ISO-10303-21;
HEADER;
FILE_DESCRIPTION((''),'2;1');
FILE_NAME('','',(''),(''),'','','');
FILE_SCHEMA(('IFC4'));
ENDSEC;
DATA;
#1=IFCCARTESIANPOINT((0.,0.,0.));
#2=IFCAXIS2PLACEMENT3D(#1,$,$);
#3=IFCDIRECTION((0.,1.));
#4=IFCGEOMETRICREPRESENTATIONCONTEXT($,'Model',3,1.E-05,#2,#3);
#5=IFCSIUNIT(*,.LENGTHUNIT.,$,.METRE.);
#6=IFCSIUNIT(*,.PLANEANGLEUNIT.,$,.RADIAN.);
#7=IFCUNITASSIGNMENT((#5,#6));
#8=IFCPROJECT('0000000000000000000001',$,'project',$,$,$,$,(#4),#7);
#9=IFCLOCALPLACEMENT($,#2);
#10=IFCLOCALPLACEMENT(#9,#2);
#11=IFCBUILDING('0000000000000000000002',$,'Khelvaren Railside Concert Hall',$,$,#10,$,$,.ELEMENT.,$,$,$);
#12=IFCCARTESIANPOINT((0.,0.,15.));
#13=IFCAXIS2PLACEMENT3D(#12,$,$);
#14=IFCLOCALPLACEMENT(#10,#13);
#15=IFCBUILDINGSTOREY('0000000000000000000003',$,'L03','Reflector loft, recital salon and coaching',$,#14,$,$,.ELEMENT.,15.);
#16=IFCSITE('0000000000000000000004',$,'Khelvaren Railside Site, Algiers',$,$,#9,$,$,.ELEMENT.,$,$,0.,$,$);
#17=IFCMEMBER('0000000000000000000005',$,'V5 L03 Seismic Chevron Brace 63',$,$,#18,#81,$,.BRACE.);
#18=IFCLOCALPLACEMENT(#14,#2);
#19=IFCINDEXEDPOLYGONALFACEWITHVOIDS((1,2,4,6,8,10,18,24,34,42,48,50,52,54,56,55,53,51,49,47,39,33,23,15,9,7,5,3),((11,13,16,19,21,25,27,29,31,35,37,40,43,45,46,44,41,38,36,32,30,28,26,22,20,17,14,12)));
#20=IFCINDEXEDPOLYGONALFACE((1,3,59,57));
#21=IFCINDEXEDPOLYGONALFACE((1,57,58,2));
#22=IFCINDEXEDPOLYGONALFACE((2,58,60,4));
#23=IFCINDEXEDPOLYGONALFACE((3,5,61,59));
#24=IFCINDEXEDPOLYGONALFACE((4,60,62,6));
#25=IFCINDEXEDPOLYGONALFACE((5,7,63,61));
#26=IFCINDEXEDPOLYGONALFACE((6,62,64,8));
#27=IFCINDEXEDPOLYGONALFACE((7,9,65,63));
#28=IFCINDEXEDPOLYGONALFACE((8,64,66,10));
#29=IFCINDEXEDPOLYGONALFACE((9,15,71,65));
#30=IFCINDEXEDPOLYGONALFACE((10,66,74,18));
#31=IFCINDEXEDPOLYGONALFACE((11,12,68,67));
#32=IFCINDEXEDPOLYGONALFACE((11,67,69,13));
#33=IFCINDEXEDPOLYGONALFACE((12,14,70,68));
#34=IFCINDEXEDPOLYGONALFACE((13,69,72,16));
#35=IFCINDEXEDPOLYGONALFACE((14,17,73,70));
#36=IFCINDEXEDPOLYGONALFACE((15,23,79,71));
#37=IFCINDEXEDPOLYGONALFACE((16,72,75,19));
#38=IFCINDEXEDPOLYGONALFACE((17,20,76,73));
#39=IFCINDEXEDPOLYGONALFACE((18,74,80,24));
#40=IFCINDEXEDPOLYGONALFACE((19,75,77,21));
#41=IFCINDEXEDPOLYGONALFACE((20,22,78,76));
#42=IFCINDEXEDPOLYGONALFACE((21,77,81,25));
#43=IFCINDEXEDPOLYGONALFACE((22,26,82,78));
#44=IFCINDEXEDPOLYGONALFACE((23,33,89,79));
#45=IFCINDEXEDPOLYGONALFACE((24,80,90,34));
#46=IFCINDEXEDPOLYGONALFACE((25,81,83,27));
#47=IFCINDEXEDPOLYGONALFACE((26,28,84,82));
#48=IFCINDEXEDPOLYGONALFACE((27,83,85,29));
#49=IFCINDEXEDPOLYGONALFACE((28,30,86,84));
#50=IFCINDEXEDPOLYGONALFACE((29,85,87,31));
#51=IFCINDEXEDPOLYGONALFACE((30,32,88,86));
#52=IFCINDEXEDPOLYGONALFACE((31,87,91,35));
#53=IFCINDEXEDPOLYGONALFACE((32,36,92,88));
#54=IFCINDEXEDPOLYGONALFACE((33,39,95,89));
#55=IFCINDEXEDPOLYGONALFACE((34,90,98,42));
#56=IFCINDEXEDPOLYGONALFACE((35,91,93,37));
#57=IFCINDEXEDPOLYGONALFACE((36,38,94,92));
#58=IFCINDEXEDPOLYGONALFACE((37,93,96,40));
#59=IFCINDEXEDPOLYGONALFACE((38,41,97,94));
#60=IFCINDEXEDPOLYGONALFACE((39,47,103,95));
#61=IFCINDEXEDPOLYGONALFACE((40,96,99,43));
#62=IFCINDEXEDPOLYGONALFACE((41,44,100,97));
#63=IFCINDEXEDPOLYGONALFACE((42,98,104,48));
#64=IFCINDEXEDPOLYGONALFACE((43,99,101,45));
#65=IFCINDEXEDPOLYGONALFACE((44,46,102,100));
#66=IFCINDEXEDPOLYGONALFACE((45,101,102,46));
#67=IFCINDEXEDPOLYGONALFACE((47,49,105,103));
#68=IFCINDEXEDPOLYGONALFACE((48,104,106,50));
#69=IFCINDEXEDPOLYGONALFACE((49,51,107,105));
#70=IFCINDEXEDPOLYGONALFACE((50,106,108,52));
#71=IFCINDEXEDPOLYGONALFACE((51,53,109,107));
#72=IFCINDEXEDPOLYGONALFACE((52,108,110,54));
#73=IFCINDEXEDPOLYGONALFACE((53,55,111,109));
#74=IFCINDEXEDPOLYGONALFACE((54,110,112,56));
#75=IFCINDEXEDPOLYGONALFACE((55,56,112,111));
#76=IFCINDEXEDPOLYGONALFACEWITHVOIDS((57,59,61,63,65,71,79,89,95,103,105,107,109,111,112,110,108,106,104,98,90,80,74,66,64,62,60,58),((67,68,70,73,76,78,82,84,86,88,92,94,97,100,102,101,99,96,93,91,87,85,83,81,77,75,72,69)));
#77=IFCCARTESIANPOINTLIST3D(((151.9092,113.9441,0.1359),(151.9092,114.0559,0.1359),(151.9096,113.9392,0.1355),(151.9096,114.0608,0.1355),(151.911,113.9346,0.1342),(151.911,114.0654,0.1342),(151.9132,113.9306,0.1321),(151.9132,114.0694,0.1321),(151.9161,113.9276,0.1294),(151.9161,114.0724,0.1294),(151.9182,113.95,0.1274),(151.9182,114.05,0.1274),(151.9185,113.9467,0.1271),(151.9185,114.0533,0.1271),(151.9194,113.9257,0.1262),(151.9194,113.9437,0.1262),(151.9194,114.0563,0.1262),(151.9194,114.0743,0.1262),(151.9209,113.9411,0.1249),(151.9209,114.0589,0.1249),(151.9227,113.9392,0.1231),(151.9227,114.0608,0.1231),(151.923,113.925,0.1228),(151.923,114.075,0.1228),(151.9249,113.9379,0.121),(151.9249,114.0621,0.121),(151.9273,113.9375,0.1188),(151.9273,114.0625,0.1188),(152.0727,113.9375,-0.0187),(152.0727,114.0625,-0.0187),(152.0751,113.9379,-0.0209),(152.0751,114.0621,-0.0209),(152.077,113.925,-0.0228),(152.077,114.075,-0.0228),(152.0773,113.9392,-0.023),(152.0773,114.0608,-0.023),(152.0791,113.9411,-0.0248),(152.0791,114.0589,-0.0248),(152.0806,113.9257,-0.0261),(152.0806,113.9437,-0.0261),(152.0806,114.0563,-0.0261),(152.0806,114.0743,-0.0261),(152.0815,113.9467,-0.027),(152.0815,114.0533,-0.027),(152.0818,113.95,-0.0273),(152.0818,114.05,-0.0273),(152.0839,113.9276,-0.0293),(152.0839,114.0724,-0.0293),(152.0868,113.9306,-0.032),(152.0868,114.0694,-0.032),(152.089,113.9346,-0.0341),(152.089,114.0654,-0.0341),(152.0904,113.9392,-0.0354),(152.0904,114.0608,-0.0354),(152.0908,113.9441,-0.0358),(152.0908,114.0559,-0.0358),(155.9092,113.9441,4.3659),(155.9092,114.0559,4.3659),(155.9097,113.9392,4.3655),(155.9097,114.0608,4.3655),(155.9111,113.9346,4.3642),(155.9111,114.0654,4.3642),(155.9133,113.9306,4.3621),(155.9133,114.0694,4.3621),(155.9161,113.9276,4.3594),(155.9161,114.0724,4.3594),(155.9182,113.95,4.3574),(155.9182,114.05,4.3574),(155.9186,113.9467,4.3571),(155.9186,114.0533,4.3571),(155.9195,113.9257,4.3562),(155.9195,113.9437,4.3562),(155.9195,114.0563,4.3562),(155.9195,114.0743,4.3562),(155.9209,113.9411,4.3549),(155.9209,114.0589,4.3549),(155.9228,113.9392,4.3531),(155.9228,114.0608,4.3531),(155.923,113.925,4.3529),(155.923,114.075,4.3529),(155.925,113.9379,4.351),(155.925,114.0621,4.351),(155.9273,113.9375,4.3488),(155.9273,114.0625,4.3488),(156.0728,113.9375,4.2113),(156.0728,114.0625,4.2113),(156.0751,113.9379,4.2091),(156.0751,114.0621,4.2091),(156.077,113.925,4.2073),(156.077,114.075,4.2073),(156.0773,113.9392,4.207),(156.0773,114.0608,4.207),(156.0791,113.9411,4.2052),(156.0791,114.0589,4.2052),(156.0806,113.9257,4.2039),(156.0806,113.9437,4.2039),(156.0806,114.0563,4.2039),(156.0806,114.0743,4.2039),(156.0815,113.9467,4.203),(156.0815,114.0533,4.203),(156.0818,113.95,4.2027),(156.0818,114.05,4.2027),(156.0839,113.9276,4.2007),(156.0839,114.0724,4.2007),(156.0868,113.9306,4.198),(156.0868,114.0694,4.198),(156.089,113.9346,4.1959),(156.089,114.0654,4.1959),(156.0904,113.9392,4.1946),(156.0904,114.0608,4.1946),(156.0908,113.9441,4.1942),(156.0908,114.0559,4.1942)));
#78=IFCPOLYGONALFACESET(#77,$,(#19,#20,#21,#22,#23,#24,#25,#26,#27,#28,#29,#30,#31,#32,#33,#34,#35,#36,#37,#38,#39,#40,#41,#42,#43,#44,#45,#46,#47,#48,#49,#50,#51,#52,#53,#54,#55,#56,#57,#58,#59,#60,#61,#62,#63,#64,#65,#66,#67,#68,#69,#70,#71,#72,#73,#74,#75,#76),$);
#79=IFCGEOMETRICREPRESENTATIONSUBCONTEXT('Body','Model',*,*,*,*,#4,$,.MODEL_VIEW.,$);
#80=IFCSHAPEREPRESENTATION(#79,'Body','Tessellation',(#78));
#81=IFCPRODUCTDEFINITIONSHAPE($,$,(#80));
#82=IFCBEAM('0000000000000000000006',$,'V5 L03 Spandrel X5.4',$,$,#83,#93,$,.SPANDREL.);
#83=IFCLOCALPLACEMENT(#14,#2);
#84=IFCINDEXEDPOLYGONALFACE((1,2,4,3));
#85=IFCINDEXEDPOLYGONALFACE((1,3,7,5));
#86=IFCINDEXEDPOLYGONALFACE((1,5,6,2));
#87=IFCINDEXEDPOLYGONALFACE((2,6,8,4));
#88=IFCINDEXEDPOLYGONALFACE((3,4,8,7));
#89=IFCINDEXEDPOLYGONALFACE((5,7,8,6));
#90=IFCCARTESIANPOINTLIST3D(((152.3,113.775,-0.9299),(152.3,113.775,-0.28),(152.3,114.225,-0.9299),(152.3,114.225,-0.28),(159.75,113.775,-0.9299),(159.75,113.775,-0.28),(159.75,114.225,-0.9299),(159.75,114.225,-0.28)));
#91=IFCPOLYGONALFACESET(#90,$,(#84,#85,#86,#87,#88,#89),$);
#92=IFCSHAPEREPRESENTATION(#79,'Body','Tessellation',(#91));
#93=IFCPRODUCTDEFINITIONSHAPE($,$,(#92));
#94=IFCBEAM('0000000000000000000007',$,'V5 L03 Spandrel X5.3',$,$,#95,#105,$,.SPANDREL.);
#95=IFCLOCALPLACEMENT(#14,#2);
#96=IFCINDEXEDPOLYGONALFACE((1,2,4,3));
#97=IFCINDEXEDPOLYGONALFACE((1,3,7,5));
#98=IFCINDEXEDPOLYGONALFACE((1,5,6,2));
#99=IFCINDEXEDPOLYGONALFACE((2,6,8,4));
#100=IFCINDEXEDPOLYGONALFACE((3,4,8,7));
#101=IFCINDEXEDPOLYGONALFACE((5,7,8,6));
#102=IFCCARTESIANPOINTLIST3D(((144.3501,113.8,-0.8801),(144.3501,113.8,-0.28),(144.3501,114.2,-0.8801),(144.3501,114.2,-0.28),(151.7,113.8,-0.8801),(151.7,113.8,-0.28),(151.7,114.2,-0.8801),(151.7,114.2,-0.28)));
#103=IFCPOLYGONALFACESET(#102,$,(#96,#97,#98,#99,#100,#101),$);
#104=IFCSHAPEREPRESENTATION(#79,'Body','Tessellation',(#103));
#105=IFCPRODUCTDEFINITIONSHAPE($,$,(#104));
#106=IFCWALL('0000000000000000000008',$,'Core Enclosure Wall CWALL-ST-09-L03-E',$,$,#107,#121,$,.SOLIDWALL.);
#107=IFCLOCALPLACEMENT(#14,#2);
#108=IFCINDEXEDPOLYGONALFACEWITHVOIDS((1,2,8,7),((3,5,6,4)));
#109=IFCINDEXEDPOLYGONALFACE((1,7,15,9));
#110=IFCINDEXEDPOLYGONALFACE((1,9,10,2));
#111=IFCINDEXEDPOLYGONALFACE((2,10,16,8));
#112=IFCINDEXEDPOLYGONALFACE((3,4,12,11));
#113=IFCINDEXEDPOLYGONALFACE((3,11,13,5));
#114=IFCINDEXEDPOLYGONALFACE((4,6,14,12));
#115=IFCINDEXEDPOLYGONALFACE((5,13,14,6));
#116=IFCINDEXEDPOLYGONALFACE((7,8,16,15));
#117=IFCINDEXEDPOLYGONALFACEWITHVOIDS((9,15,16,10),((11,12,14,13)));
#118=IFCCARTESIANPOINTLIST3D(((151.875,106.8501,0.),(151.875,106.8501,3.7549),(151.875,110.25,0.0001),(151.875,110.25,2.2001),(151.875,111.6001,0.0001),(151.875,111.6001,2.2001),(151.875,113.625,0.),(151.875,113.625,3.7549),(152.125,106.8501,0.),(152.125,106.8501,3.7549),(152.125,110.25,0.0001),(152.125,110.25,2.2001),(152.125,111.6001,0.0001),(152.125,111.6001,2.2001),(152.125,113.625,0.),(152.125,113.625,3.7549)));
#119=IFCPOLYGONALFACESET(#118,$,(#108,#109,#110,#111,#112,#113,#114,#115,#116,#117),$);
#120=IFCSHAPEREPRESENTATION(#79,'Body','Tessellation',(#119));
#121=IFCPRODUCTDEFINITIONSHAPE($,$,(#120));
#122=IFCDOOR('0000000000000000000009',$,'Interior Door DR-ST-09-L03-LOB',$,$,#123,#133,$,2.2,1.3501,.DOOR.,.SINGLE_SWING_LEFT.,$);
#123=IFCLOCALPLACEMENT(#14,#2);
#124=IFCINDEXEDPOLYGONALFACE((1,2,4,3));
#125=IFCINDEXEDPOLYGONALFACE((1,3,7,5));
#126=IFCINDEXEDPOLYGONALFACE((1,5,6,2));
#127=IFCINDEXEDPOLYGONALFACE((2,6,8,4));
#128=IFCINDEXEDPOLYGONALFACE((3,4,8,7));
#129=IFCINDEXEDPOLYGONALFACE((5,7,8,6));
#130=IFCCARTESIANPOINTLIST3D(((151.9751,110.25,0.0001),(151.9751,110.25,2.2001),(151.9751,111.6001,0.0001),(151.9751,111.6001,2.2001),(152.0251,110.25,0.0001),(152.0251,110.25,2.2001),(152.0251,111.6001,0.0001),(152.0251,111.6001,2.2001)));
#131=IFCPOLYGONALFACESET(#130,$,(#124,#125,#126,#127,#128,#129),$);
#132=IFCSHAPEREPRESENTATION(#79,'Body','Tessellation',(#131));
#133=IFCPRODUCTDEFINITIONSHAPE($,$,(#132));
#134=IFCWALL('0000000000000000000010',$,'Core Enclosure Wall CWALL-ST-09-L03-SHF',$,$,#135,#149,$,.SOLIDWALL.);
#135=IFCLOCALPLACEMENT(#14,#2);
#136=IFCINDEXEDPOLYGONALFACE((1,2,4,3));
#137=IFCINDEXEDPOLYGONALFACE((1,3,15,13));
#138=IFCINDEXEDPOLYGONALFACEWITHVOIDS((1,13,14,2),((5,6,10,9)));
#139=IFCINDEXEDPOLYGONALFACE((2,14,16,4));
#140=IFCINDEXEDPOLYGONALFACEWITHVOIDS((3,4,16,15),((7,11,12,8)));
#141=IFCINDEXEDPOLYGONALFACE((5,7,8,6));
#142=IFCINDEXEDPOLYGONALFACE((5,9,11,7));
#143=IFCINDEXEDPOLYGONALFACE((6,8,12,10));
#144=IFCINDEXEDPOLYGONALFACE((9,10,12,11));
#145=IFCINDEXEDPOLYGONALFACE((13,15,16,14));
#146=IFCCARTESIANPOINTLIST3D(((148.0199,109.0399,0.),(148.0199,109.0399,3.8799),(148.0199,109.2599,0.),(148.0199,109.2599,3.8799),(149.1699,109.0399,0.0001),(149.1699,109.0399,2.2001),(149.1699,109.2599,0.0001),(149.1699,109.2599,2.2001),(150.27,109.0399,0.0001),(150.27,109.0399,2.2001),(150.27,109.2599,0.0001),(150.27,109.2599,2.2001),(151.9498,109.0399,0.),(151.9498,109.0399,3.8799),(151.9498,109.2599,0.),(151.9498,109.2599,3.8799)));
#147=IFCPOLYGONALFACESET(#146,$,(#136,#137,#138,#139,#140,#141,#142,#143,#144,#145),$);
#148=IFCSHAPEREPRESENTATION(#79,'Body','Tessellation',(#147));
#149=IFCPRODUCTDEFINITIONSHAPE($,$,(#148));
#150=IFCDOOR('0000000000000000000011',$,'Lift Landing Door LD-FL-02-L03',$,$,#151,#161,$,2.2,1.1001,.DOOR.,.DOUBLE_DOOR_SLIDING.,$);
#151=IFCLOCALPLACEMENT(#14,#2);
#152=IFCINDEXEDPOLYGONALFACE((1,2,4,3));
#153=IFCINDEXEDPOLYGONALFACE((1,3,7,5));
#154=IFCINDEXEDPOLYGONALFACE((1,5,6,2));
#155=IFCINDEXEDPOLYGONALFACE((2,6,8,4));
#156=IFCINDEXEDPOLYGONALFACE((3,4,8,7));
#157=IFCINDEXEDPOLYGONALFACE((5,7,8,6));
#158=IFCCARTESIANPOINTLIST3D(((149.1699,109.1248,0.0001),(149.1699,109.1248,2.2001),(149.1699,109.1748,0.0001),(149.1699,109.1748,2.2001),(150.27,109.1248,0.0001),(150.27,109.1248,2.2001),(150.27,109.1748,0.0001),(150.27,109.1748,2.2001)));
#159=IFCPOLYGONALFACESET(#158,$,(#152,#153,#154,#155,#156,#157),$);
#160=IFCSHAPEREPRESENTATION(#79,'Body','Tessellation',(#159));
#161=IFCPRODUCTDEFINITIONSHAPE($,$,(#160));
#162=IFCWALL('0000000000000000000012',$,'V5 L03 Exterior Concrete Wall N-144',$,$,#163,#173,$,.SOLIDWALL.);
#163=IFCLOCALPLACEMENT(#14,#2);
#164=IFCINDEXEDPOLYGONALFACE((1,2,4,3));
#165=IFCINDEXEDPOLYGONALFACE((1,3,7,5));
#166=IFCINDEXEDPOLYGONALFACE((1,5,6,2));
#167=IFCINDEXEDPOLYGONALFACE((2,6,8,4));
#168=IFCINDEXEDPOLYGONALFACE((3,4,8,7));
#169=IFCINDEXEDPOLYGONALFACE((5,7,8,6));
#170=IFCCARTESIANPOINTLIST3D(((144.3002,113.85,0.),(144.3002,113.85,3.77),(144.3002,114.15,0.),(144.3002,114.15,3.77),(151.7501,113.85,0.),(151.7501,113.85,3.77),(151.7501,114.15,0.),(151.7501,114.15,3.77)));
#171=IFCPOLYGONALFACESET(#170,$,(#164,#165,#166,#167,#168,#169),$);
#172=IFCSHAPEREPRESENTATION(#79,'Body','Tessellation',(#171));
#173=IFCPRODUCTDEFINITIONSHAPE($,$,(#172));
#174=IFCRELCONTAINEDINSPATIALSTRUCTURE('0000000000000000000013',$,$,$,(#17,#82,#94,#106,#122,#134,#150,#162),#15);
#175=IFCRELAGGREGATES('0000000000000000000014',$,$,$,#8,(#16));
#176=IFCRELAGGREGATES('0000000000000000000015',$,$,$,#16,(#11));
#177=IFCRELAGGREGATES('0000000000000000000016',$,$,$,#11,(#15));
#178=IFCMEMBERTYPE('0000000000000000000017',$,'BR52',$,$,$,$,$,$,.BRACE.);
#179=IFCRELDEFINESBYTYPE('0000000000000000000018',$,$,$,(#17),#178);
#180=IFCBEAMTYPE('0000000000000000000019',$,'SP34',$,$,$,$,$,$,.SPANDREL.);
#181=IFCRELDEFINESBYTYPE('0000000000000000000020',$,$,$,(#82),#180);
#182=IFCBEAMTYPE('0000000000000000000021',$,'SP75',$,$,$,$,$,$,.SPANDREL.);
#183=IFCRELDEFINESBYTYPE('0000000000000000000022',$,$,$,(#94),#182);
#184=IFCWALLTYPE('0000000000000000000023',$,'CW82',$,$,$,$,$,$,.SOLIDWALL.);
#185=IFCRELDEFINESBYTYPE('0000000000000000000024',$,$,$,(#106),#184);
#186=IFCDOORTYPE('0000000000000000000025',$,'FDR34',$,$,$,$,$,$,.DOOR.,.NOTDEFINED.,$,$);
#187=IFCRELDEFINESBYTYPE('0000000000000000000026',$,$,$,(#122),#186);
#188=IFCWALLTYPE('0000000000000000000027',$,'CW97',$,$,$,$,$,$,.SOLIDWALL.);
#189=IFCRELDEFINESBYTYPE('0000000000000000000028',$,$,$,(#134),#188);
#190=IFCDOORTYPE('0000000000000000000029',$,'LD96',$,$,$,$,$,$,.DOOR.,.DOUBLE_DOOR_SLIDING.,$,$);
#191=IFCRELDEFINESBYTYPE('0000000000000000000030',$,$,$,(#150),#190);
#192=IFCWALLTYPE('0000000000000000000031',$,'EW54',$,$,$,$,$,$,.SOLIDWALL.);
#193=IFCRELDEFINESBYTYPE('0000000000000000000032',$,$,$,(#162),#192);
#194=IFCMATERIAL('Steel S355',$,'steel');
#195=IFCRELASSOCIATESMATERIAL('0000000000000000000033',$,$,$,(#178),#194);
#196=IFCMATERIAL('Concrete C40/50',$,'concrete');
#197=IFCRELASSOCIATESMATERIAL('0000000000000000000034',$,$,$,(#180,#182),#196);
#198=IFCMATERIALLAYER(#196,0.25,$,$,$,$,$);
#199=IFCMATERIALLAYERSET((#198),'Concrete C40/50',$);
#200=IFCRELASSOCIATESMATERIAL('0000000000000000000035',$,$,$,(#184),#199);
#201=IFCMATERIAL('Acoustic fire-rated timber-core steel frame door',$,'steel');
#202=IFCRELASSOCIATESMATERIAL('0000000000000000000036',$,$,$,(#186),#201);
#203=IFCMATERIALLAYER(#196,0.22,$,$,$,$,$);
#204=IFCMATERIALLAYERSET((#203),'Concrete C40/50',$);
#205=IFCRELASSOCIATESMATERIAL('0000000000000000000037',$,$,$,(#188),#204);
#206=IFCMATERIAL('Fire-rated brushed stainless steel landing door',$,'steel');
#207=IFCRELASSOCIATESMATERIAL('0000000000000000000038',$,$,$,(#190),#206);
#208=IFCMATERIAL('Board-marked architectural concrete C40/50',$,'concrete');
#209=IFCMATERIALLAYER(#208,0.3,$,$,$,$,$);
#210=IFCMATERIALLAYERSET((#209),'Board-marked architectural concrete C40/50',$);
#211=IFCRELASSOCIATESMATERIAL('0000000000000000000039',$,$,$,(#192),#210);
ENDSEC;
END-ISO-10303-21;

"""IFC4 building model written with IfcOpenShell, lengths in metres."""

from ifc_helpers import new_model, si_unit, direction, frame, frame_2d, origin, origin_2d, place, context, subcontext, project, spatial, rectangle, hollow_rectangle, extrude, material, layer, layer_set, material_profile, profile_set, type_object, element, fill, save


model = new_model("IFC4")

# Units and contexts
model_context = context("Model", 3, precision=1e-05, world=origin(), true_north=direction((0.0, 1.0)))
body_context = subcontext(model_context, "Body", "Model", "MODEL_VIEW")
ifc_project = project(units=[si_unit("LENGTHUNIT", "METRE"), si_unit("PLANEANGLEUNIT", "RADIAN")], contexts=[model_context])

# Site, building, storey
site_placement = place(None, origin())
site = spatial("IfcSite", under=ifc_project, at=site_placement, Name="Khelvaren Railside Site, Algiers", CompositionType="ELEMENT", RefElevation=0.0)
building_placement = place(site_placement, origin())
building = spatial("IfcBuilding", under=site, at=building_placement, Name="Khelvaren Railside Concert Hall", CompositionType="ELEMENT")
storey_placement = place(building_placement, frame((0.0, 0.0, 15.0)))
storey = spatial("IfcBuildingStorey", under=building, at=storey_placement, Name="L03", Description="Reflector loft, recital salon and coaching", CompositionType="ELEMENT", Elevation=15.0)

# Shared definitions
ifc_material_1 = material(Name="Steel S355", Category="steel")
ifc_material_2 = material(Name="Concrete C40/50", Category="concrete")

# Member
ifc_material_profile_1 = material_profile(ifc_material_1, hollow_rectangle(XDim=0.1499, YDim=0.25, WallThickness=0.0125, InnerFilletRadius=0.0125, OuterFilletRadius=0.019, at=origin_2d()), Name="RHS 250x150x12.5")
ifc_profile_set_1 = profile_set([ifc_material_profile_1], Name="Steel S355")
member_type = type_object("IfcMemberType", Name="BR52", PredefinedType="BRACE", material=ifc_profile_set_1)
member_placement = place(storey_placement, frame((152.0, 114.0, 0.05), z_axis=(0.687079, 0.0, 0.726583), x_axis=(0.0, 1.0, 0.0)))
element("IfcMember", 1, at=member_placement, inside=storey, type_object=member_type, Name="V5 L03 Seismic Chevron Brace 63", PredefinedType="BRACE", context=body_context, shape_type="SweptSolid", body=[
    extrude(hollow_rectangle(XDim=0.1499, YDim=0.25, WallThickness=0.0125, InnerFilletRadius=0.0125, OuterFilletRadius=0.019, at=origin_2d()), origin(), (0.0, 0.0, 1.0), 5.8218),
])

# Beams
ifc_material_profile_2 = material_profile(ifc_material_2, rectangle(XDim=0.45, YDim=0.6499, at=origin_2d()), Name="RCB 450x650")
ifc_profile_set_2 = profile_set([ifc_material_profile_2], Name="Concrete C40/50")
beam_type_1 = type_object("IfcBeamType", Name="SP34", PredefinedType="SPANDREL", material=ifc_profile_set_2)
beam_1_placement = place(storey_placement, frame((152.3, 114.0, -0.605), z_axis=(1.0, 0.0, 0.0), x_axis=(0.0, 1.0, 0.0)))
element("IfcBeam", 2, at=beam_1_placement, inside=storey, type_object=beam_type_1, Name="V5 L03 Spandrel X5.4", PredefinedType="SPANDREL", context=body_context, shape_type="SweptSolid", body=[
    extrude(rectangle(XDim=0.45, YDim=0.6499, at=origin_2d()), origin(), (0.0, 0.0, 1.0), 7.45),
])
ifc_material_profile_3 = material_profile(ifc_material_2, rectangle(XDim=0.3999, YDim=0.6001, at=origin_2d()), Name="RCB 400x600")
ifc_profile_set_3 = profile_set([ifc_material_profile_3], Name="Concrete C40/50")
beam_type_2 = type_object("IfcBeamType", Name="SP75", PredefinedType="SPANDREL", material=ifc_profile_set_3)
beam_2_placement = place(storey_placement, frame((144.3501, 114.0, -0.5801), z_axis=(1.0, 0.0, 0.0), x_axis=(0.0, 1.0, 0.0)))
element("IfcBeam", 3, at=beam_2_placement, inside=storey, type_object=beam_type_2, Name="V5 L03 Spandrel X5.3", PredefinedType="SPANDREL", context=body_context, shape_type="SweptSolid", body=[
    extrude(rectangle(XDim=0.3999, YDim=0.6001, at=origin_2d()), origin(), (0.0, 0.0, 1.0), 7.3499),
])

# Walls, openings, doors
ifc_layer_1 = layer(ifc_material_2, 0.25)
ifc_layer_set_1 = layer_set([ifc_layer_1], Name="Concrete C40/50")
wall_type_1 = type_object("IfcWallType", Name="CW82", PredefinedType="SOLIDWALL", material=ifc_layer_set_1)
wall_1_placement = place(storey_placement, frame((152.0, 106.8501, 0.0), z_axis=(0.0, 0.0, 1.0), x_axis=(0.0, 1.0, 0.0)))
wall_1 = element("IfcWall", 4, at=wall_1_placement, inside=storey, type_object=wall_type_1, Name="Core Enclosure Wall CWALL-ST-09-L03-E", PredefinedType="SOLIDWALL", context=body_context, shape_type="SweptSolid", body=[
    extrude(rectangle(XDim=6.7749, YDim=0.25, at=frame_2d((3.3875, 0.0))), origin(), (0.0, 0.0, 1.0), 3.7549),
])
opening_1_placement = place(wall_1_placement, frame((3.3999, 0.0, 0.0)))
opening_1 = element("IfcOpeningElement", 5, at=opening_1_placement, cuts=wall_1, PredefinedType="OPENING", context=body_context, shape_type="SweptSolid", body=[
    extrude(rectangle(XDim=1.3501, YDim=2.2, at=frame_2d((0.675, 1.1001))), frame((0.0, 0.135, 0.0), z_axis=(0.0, -1.0, 0.0), x_axis=(1.0, 0.0, 0.0)), (0.0, 0.0, 1.0), 0.27),
])
ifc_material_3 = material(Name="Acoustic fire-rated timber-core steel frame door", Category="steel")
door_type_1 = type_object("IfcDoorType", Name="FDR34", OperationType="NOTDEFINED", PredefinedType="DOOR", material=ifc_material_3)
door_1_placement = place(opening_1_placement, origin())
door_1 = element("IfcDoor", 6, at=door_1_placement, inside=storey, type_object=door_type_1, Name="Interior Door DR-ST-09-L03-LOB", OperationType="SINGLE_SWING_LEFT", OverallHeight=2.2, OverallWidth=1.3501, PredefinedType="DOOR", context=body_context, shape_type="SweptSolid", body=[
    extrude(rectangle(XDim=1.3501, YDim=2.2, at=frame_2d((0.675, 1.1001))), frame((0.0, 0.0249, 0.0), z_axis=(0.0, -1.0, 0.0), x_axis=(1.0, 0.0, 0.0)), (0.0, 0.0, 1.0), 0.05),
])
fill(opening_1, door_1)
ifc_layer_2 = layer(ifc_material_2, 0.22)
ifc_layer_set_2 = layer_set([ifc_layer_2], Name="Concrete C40/50")
wall_type_2 = type_object("IfcWallType", Name="CW97", PredefinedType="SOLIDWALL", material=ifc_layer_set_2)
wall_2_placement = place(storey_placement, frame((148.02, 109.1499, 0.0), z_axis=(0.0, 0.0, 1.0), x_axis=(1.0, 0.0, 0.0)))
wall_2 = element("IfcWall", 7, at=wall_2_placement, inside=storey, type_object=wall_type_2, Name="Core Enclosure Wall CWALL-ST-09-L03-SHF", PredefinedType="SOLIDWALL", context=body_context, shape_type="SweptSolid", body=[
    extrude(rectangle(XDim=3.9299, YDim=0.22, at=frame_2d((1.9648, 0.0))), origin(), (0.0, 0.0, 1.0), 3.8799),
])
opening_2_placement = place(wall_2_placement, frame((1.1499, 0.0, 0.0)))
opening_2 = element("IfcOpeningElement", 8, at=opening_2_placement, cuts=wall_2, PredefinedType="OPENING", context=body_context, shape_type="SweptSolid", body=[
    extrude(rectangle(XDim=1.1001, YDim=2.2, at=frame_2d((0.55, 1.1001))), frame((0.0, 0.1199, 0.0), z_axis=(0.0, -1.0, 0.0), x_axis=(1.0, 0.0, 0.0)), (0.0, 0.0, 1.0), 0.24),
])
ifc_material_4 = material(Name="Fire-rated brushed stainless steel landing door", Category="steel")
door_type_2 = type_object("IfcDoorType", Name="LD96", OperationType="DOUBLE_DOOR_SLIDING", PredefinedType="DOOR", material=ifc_material_4)
door_2_placement = place(opening_2_placement, origin())
door_2 = element("IfcDoor", 9, at=door_2_placement, inside=storey, type_object=door_type_2, Name="Lift Landing Door LD-FL-02-L03", OperationType="DOUBLE_DOOR_SLIDING", OverallHeight=2.2, OverallWidth=1.1001, PredefinedType="DOOR", context=body_context, shape_type="SweptSolid", body=[
    extrude(rectangle(XDim=1.1001, YDim=2.2, at=frame_2d((0.55, 1.1001))), frame((0.0, 0.0249, 0.0), z_axis=(0.0, -1.0, 0.0), x_axis=(1.0, 0.0, 0.0)), (0.0, 0.0, 1.0), 0.05),
])
fill(opening_2, door_2)

# Wall
ifc_material_5 = material(Name="Board-marked architectural concrete C40/50", Category="concrete")
ifc_layer_3 = layer(ifc_material_5, 0.3)
ifc_layer_set_3 = layer_set([ifc_layer_3], Name="Board-marked architectural concrete C40/50")
wall_type_3 = type_object("IfcWallType", Name="EW54", PredefinedType="SOLIDWALL", material=ifc_layer_set_3)
wall_3_placement = place(storey_placement, frame((144.3, 114.0, 0.0), z_axis=(0.0, 0.0, 1.0), x_axis=(1.0, 0.0, 0.0)))
element("IfcWall", 10, at=wall_3_placement, inside=storey, type_object=wall_type_3, Name="V5 L03 Exterior Concrete Wall N-144", PredefinedType="SOLIDWALL", context=body_context, shape_type="SweptSolid", body=[
    extrude(rectangle(XDim=7.45, YDim=0.3, at=frame_2d((3.7251, 0.0))), origin(), (0.0, 0.0, 1.0), 3.77),
])

save(model, "model.ifc")
